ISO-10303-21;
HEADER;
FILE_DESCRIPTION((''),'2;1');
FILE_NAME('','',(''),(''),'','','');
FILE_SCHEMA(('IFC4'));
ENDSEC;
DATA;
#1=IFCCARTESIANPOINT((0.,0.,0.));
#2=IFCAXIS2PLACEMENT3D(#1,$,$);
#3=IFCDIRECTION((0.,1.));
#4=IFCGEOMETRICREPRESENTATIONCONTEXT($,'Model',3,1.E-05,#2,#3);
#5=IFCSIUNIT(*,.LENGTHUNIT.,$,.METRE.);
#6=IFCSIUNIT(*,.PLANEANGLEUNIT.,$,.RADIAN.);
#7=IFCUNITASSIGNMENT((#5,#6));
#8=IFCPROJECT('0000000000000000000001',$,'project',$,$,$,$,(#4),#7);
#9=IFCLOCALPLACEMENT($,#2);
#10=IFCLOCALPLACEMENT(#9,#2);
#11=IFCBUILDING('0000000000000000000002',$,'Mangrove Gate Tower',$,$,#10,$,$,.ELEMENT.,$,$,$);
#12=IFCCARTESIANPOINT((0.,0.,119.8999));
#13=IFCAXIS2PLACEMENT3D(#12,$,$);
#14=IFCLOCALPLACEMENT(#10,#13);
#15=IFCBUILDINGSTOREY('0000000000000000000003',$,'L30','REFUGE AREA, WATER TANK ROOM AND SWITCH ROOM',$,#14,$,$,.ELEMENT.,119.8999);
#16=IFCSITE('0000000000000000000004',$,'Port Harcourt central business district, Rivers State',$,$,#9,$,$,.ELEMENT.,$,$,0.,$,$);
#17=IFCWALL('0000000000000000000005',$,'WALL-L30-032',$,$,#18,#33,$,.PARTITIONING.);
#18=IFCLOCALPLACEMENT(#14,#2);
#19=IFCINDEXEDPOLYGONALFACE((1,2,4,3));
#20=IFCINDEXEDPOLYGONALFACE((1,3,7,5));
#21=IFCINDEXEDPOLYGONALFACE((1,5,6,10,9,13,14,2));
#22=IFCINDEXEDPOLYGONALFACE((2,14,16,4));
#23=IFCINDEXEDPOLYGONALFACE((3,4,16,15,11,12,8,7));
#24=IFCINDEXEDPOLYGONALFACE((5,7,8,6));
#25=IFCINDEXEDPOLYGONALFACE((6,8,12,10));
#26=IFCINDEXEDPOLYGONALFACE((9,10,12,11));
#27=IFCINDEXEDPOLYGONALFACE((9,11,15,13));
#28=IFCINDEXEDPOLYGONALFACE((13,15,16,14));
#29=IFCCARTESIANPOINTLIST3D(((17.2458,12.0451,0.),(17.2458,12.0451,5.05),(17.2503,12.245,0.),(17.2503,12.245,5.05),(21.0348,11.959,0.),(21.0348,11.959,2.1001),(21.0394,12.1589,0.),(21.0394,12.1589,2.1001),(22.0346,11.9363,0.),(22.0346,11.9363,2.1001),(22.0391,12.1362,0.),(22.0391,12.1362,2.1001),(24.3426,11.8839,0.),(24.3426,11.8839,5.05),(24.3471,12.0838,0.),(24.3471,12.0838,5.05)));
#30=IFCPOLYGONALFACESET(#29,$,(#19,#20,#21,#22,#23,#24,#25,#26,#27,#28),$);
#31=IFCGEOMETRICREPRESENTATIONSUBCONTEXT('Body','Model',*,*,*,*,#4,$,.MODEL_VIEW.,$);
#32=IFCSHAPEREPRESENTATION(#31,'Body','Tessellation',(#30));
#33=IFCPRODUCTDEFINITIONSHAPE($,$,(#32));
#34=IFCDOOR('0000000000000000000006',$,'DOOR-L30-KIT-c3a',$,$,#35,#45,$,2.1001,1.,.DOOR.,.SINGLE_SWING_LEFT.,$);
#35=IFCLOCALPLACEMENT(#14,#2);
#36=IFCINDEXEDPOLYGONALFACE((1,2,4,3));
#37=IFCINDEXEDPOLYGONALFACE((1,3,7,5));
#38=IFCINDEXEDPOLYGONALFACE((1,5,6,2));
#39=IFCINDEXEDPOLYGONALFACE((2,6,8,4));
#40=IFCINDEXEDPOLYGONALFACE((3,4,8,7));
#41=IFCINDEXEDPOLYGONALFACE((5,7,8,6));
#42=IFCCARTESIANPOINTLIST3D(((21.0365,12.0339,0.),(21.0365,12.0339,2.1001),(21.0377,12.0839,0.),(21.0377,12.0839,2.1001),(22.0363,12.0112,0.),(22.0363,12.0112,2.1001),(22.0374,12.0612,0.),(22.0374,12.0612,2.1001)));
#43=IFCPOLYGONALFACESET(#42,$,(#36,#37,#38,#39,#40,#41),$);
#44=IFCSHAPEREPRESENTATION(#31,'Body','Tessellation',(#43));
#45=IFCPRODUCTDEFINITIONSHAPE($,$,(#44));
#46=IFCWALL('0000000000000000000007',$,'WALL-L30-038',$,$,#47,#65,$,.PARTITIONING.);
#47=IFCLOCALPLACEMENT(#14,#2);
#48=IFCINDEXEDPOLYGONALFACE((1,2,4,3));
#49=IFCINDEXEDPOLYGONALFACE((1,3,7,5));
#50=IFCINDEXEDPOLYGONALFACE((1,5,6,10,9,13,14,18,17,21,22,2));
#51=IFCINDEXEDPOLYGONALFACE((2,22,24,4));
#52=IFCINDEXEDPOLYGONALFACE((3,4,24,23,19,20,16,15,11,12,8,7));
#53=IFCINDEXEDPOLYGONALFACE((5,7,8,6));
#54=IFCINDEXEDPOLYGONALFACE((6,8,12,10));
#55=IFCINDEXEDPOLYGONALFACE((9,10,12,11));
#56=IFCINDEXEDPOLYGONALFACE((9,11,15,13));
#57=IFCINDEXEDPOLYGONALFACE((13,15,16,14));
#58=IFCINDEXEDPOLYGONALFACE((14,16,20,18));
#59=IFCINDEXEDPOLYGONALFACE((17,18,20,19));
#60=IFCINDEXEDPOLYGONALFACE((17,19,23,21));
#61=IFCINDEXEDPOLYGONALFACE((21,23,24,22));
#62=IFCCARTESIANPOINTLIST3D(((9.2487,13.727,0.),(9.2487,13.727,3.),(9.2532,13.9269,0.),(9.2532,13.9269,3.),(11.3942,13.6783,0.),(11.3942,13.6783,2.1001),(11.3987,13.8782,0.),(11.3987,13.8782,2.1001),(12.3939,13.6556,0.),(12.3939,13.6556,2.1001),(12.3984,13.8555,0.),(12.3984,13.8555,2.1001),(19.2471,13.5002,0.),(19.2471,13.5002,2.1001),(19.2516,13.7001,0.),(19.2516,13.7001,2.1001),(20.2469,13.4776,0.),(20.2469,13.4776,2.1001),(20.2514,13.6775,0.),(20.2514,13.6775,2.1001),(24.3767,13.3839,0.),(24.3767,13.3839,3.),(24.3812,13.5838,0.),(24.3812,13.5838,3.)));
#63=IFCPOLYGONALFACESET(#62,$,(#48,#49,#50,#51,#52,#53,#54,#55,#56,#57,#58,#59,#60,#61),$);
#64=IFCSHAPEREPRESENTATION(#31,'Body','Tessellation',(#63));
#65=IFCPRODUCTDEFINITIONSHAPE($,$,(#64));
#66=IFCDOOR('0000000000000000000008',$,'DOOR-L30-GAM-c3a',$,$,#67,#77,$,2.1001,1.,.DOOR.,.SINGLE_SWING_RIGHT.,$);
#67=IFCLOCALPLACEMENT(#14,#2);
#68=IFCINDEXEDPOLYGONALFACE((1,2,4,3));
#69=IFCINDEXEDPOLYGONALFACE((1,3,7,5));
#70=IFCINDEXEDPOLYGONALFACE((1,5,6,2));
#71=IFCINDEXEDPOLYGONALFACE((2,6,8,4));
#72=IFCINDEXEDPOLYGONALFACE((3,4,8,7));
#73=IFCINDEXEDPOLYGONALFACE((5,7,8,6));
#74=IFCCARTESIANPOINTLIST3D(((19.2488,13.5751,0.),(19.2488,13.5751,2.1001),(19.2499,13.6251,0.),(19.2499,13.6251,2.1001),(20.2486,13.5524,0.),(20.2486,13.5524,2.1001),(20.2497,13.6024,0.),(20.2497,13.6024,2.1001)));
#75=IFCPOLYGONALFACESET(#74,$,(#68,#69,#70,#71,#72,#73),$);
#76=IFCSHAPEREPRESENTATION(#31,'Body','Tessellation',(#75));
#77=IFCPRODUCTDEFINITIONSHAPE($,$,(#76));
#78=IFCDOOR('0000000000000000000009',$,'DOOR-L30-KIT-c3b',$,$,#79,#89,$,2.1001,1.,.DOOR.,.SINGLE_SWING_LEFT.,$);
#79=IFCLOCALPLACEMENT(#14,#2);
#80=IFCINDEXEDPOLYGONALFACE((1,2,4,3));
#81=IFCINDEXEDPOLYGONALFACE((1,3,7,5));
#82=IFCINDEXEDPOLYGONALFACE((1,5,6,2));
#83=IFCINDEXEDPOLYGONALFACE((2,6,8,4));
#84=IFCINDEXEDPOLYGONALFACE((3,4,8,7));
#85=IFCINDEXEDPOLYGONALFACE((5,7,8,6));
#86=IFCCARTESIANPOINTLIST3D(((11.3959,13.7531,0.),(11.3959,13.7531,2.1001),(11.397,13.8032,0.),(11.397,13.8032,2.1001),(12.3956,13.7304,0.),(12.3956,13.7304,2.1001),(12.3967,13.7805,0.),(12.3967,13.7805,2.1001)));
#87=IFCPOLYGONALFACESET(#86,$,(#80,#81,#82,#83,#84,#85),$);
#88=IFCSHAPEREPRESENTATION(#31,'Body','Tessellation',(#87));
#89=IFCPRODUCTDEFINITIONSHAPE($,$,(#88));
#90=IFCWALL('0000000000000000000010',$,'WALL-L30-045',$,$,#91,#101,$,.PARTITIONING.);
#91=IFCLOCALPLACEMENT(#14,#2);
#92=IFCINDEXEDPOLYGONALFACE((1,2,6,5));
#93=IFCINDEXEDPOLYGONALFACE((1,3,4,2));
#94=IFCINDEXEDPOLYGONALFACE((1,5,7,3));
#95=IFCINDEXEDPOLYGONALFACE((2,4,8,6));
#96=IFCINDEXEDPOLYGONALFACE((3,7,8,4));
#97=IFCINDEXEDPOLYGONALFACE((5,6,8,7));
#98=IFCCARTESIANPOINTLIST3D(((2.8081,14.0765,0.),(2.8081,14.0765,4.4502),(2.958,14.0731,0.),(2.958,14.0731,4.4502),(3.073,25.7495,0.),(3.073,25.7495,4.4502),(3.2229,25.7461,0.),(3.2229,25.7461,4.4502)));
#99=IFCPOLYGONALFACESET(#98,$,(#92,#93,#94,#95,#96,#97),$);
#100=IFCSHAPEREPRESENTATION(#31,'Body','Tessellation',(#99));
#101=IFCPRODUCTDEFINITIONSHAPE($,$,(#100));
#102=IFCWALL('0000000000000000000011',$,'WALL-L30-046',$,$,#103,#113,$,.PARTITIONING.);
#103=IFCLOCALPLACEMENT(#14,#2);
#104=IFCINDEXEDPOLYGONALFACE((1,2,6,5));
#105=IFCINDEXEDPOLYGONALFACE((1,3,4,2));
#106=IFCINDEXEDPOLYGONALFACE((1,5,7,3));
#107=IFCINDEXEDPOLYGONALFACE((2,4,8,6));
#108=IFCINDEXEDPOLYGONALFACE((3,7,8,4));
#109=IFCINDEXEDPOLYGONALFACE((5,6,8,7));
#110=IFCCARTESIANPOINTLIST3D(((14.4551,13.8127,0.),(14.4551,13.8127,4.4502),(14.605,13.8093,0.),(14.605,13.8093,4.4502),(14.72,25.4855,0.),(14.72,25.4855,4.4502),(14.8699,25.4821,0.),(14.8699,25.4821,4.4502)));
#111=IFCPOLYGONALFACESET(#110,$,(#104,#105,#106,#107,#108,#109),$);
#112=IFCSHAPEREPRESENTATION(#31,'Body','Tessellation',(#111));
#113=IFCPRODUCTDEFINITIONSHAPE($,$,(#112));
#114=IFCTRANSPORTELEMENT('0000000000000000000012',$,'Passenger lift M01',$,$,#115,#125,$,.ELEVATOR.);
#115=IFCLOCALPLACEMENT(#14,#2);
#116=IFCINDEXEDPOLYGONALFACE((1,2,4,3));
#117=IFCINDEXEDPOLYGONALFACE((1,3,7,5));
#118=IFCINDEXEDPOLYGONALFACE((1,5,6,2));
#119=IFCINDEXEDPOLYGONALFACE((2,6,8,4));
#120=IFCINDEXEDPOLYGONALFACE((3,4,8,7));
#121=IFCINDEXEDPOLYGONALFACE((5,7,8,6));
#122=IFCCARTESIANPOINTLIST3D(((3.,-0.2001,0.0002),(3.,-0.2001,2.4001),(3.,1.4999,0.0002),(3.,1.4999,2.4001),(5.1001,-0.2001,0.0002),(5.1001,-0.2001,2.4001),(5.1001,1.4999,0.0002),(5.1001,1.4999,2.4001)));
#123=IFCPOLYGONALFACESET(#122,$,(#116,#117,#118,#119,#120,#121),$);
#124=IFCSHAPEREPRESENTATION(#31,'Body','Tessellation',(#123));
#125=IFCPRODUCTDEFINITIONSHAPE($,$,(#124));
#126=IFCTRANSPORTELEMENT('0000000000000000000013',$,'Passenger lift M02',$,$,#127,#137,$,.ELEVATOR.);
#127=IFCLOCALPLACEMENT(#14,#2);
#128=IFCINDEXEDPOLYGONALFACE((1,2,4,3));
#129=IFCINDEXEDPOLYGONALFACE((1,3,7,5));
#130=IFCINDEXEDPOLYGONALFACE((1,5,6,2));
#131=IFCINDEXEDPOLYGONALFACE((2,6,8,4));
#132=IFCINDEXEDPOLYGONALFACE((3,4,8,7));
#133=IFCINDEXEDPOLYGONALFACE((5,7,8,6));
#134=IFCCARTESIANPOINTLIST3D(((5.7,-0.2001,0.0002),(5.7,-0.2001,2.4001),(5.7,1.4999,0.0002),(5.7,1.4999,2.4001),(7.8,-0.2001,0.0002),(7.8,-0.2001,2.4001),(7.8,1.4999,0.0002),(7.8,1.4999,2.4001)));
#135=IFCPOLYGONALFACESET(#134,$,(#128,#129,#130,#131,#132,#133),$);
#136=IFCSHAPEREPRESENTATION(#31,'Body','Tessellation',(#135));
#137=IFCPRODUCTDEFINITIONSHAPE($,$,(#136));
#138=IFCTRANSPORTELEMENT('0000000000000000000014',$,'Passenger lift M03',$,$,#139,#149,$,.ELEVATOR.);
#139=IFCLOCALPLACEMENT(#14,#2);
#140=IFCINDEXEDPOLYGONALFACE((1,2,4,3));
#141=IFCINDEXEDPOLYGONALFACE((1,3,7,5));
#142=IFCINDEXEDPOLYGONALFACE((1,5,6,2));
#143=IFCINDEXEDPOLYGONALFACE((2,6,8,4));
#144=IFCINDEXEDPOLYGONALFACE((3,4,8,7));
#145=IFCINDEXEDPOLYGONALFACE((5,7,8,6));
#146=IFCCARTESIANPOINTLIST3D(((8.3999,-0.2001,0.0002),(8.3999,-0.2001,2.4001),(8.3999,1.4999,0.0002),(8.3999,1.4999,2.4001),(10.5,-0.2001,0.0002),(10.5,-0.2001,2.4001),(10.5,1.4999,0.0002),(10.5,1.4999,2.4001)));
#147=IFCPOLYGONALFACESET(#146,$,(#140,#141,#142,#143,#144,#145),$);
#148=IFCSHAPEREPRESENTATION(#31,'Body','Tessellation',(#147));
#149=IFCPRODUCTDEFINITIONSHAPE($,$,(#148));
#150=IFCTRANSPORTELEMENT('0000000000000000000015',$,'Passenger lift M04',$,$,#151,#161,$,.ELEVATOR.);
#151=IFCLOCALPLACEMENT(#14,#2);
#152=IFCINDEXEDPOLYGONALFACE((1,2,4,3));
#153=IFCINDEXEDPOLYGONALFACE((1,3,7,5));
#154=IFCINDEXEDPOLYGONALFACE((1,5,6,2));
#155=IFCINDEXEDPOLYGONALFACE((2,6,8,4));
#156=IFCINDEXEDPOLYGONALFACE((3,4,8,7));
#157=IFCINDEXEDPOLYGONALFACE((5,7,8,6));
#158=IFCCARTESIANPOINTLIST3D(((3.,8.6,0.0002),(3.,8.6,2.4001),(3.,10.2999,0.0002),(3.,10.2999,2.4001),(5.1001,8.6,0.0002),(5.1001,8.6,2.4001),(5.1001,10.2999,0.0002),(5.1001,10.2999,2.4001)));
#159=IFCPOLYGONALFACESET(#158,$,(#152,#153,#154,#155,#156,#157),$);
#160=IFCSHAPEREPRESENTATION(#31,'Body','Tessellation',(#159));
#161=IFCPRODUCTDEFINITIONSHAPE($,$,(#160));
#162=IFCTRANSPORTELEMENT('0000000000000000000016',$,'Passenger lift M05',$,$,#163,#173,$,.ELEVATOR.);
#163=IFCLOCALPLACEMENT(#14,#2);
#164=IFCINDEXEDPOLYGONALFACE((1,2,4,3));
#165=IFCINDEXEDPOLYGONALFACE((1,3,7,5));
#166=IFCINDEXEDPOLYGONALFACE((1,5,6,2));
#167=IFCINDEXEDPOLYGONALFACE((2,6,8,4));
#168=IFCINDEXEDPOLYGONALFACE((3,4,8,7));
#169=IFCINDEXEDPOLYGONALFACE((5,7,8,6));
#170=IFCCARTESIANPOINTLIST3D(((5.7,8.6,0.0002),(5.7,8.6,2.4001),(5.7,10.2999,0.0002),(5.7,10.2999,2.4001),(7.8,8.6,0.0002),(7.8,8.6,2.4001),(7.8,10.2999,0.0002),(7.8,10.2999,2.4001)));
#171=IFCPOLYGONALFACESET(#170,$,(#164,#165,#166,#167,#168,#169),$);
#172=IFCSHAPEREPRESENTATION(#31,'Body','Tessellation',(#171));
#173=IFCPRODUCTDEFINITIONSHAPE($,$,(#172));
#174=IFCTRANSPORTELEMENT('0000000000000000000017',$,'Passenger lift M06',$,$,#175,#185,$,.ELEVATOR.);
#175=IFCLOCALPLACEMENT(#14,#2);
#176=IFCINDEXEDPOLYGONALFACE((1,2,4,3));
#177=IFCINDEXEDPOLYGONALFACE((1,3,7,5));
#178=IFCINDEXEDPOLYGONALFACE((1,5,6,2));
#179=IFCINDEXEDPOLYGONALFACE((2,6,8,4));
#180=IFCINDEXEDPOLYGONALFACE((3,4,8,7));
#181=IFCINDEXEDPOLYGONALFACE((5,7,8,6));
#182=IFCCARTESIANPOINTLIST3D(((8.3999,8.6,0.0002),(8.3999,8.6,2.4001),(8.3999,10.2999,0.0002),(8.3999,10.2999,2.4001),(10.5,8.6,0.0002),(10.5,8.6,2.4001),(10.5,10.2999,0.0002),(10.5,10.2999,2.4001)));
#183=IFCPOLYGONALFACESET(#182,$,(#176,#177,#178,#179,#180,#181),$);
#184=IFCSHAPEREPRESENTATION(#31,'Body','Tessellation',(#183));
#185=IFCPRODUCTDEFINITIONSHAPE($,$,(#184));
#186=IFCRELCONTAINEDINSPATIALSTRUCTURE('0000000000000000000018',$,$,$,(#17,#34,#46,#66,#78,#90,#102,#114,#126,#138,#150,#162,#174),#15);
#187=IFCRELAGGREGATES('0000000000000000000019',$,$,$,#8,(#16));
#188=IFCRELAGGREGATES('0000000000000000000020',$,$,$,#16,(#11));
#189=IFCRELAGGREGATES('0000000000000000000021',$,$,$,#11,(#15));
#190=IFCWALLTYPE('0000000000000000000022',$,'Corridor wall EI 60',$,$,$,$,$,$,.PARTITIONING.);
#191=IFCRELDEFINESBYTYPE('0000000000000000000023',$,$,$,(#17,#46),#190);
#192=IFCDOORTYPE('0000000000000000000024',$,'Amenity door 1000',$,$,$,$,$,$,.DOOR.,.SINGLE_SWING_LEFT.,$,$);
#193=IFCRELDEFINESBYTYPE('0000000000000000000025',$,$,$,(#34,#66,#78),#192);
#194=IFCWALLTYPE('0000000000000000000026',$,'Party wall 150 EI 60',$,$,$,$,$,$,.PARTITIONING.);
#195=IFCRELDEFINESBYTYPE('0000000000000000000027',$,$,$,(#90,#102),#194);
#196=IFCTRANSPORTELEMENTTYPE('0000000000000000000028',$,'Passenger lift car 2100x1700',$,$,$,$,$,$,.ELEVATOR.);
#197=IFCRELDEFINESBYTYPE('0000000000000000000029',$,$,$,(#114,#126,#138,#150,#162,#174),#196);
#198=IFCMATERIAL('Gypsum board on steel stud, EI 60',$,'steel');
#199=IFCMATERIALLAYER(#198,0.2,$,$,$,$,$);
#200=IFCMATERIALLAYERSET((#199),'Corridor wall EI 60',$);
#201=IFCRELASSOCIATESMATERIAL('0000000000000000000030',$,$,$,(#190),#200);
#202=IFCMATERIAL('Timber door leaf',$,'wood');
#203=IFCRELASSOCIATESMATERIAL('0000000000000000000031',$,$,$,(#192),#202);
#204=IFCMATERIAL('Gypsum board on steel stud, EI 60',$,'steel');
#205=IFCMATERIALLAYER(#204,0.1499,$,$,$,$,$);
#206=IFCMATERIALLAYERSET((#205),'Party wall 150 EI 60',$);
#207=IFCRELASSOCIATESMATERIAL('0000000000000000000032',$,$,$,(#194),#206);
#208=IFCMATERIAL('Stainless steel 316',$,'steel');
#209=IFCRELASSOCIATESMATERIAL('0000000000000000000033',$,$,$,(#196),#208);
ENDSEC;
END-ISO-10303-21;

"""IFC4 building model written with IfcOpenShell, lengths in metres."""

from ifc_helpers import new_model, si_unit, direction, frame, frame_2d, origin, origin_2d, place, context, subcontext, project, spatial, rectangle, extrude, material, layer, layer_set, type_object, element, fill, save


model = new_model("IFC4")

# Units and contexts
model_context = context("Model", 3, precision=1e-05, world=origin(), true_north=direction((0.0, 1.0)))
body_context = subcontext(model_context, "Body", "Model", "MODEL_VIEW")
ifc_project = project(units=[si_unit("LENGTHUNIT", "METRE"), si_unit("PLANEANGLEUNIT", "RADIAN")], contexts=[model_context])

# Site, building, storey
site_placement = place(None, origin())
site = spatial("IfcSite", under=ifc_project, at=site_placement, Name="Port Harcourt central business district, Rivers State", CompositionType="ELEMENT", RefElevation=0.0)
building_placement = place(site_placement, origin())
building = spatial("IfcBuilding", under=site, at=building_placement, Name="Mangrove Gate Tower", CompositionType="ELEMENT")
storey_placement = place(building_placement, frame((0.0, 0.0, 119.8999)))
storey = spatial("IfcBuildingStorey", under=building, at=storey_placement, Name="L30", Description="REFUGE AREA, WATER TANK ROOM AND SWITCH ROOM", CompositionType="ELEMENT", Elevation=119.8999)

# Shared definitions
ifc_material_1 = material(Name="Gypsum board on steel stud, EI 60", Category="steel")
ifc_layer_1 = layer(ifc_material_1, 0.2)
ifc_layer_set_1 = layer_set([ifc_layer_1], Name="Corridor wall EI 60")
wall_type_1 = type_object("IfcWallType", Name="Corridor wall EI 60", PredefinedType="PARTITIONING", material=ifc_layer_set_1)

# Wall, opening, door
wall_1_placement = place(storey_placement, frame((17.248, 12.145, 0.0), z_axis=(0.0, 0.0, 1.0), x_axis=(0.999742, -0.022699, 0.0)))
wall_1 = element("IfcWall", 1, at=wall_1_placement, inside=storey, type_object=wall_type_1, Name="WALL-L30-032", PredefinedType="PARTITIONING", context=body_context, shape_type="SweptSolid", body=[
    extrude(rectangle(XDim=7.0986, YDim=0.2, at=frame_2d((3.5493, 0.0))), origin(), (0.0, 0.0, 1.0), 5.05),
])
opening_1_placement = place(wall_1_placement, frame((3.79, 0.0, 0.0)))
opening_1 = element("IfcOpeningElement", 2, at=opening_1_placement, cuts=wall_1, PredefinedType="OPENING", context=body_context, shape_type="SweptSolid", body=[
    extrude(rectangle(XDim=1.0, YDim=2.1001, at=frame_2d((0.5, 1.05))), frame((0.0, 0.1099, 0.0), z_axis=(0.0, -1.0, 0.0), x_axis=(1.0, 0.0, 0.0)), (0.0, 0.0, 1.0), 0.22),
])
ifc_material_2 = material(Name="Timber door leaf", Category="wood")
door_type = type_object("IfcDoorType", Name="Amenity door 1000", OperationType="SINGLE_SWING_LEFT", PredefinedType="DOOR", material=ifc_material_2)
door_1_placement = place(opening_1_placement, origin())
door_1 = element("IfcDoor", 3, at=door_1_placement, inside=storey, type_object=door_type, Name="DOOR-L30-KIT-c3a", OperationType="SINGLE_SWING_LEFT", OverallHeight=2.1001, OverallWidth=1.0, PredefinedType="DOOR", context=body_context, shape_type="SweptSolid", body=[
    extrude(rectangle(XDim=1.0, YDim=2.1001, at=frame_2d((0.5, 1.05))), frame((0.0, 0.0249, 0.0), z_axis=(0.0, -1.0, 0.0), x_axis=(1.0, 0.0, 0.0)), (0.0, 0.0, 1.0), 0.05),
])
fill(opening_1, door_1)

# Wall, openings, doors
wall_2_placement = place(storey_placement, frame((9.251, 13.8269, 0.0), z_axis=(0.0, 0.0, 1.0), x_axis=(0.999743, -0.022669, 0.0)))
wall_2 = element("IfcWall", 4, at=wall_2_placement, inside=storey, type_object=wall_type_1, Name="WALL-L30-038", PredefinedType="PARTITIONING", context=body_context, shape_type="SweptSolid", body=[
    extrude(rectangle(XDim=15.1318, YDim=0.2, at=frame_2d((7.5659, 0.0))), origin(), (0.0, 0.0, 1.0), 3.0),
])
opening_2_placement = place(wall_2_placement, frame((10.001, 0.0, 0.0)))
opening_2 = element("IfcOpeningElement", 5, at=opening_2_placement, cuts=wall_2, PredefinedType="OPENING", context=body_context, shape_type="SweptSolid", body=[
    extrude(rectangle(XDim=1.0, YDim=2.1001, at=frame_2d((0.5, 1.05))), frame((0.0, 0.1099, 0.0), z_axis=(0.0, -1.0, 0.0), x_axis=(1.0, 0.0, 0.0)), (0.0, 0.0, 1.0), 0.22),
])
opening_3_placement = place(wall_2_placement, frame((2.146, 0.0, 0.0)))
opening_3 = element("IfcOpeningElement", 6, at=opening_3_placement, cuts=wall_2, PredefinedType="OPENING", context=body_context, shape_type="SweptSolid", body=[
    extrude(rectangle(XDim=1.0, YDim=2.1001, at=frame_2d((0.5, 1.05))), frame((0.0, 0.1099, 0.0), z_axis=(0.0, -1.0, 0.0), x_axis=(1.0, 0.0, 0.0)), (0.0, 0.0, 1.0), 0.22),
])
door_2_placement = place(opening_2_placement, origin())
door_2 = element("IfcDoor", 7, at=door_2_placement, inside=storey, type_object=door_type, Name="DOOR-L30-GAM-c3a", OperationType="SINGLE_SWING_RIGHT", OverallHeight=2.1001, OverallWidth=1.0, PredefinedType="DOOR", context=body_context, shape_type="SweptSolid", body=[
    extrude(rectangle(XDim=1.0, YDim=2.1001, at=frame_2d((0.5, 1.05))), frame((0.0, 0.0249, 0.0), z_axis=(0.0, -1.0, 0.0), x_axis=(1.0, 0.0, 0.0)), (0.0, 0.0, 1.0), 0.05),
])
fill(opening_2, door_2)
door_3_placement = place(opening_3_placement, origin())
door_3 = element("IfcDoor", 8, at=door_3_placement, inside=storey, type_object=door_type, Name="DOOR-L30-KIT-c3b", OperationType="SINGLE_SWING_LEFT", OverallHeight=2.1001, OverallWidth=1.0, PredefinedType="DOOR", context=body_context, shape_type="SweptSolid", body=[
    extrude(rectangle(XDim=1.0, YDim=2.1001, at=frame_2d((0.5, 1.05))), frame((0.0, 0.0249, 0.0), z_axis=(0.0, -1.0, 0.0), x_axis=(1.0, 0.0, 0.0)), (0.0, 0.0, 1.0), 0.05),
])
fill(opening_3, door_3)

# Walls
ifc_material_3 = material(Name="Gypsum board on steel stud, EI 60", Category="steel")
ifc_layer_2 = layer(ifc_material_3, 0.1499)
ifc_layer_set_2 = layer_set([ifc_layer_2], Name="Party wall 150 EI 60")
wall_type_2 = type_object("IfcWallType", Name="Party wall 150 EI 60", PredefinedType="PARTITIONING", material=ifc_layer_set_2)
wall_3_placement = place(storey_placement, frame((2.8831, 14.075, 0.0), z_axis=(0.0, 0.0, 1.0), x_axis=(0.022687, 0.999743, 0.0)))
element("IfcWall", 9, at=wall_3_placement, inside=storey, type_object=wall_type_2, Name="WALL-L30-045", PredefinedType="PARTITIONING", context=body_context, shape_type="SweptSolid", body=[
    extrude(rectangle(XDim=11.676, YDim=0.1499, at=frame_2d((5.8379, 0.0))), origin(), (0.0, 0.0, 1.0), 4.4502),
])
wall_4_placement = place(storey_placement, frame((14.53, 13.811, 0.0), z_axis=(0.0, 0.0, 1.0), x_axis=(0.022687, 0.999743, 0.0)))
element("IfcWall", 10, at=wall_4_placement, inside=storey, type_object=wall_type_2, Name="WALL-L30-046", PredefinedType="PARTITIONING", context=body_context, shape_type="SweptSolid", body=[
    extrude(rectangle(XDim=11.6758, YDim=0.1499, at=frame_2d((5.8379, 0.0))), origin(), (0.0, 0.0, 1.0), 4.4502),
])

# Transport elements
ifc_material_4 = material(Name="Stainless steel 316", Category="steel")
transport_element_type = type_object("IfcTransportElementType", Name="Passenger lift car 2100x1700", PredefinedType="ELEVATOR", material=ifc_material_4)
for number, where, z_axis, x_axis, name in (
    (11, (4.05, 0.6499, 0.0002), (0.0, 0.0, 1.0), (1.0, 0.0, 0.0), "Passenger lift M01"),
    (12, (6.75, 0.6499, 0.0002), (0.0, 0.0, 1.0), (1.0, 0.0, 0.0), "Passenger lift M02"),
    (13, (9.45, 0.6499, 0.0002), (0.0, 0.0, 1.0), (1.0, 0.0, 0.0), "Passenger lift M03"),
    (14, (4.05, 9.45, 0.0002), (0.0, 0.0, 1.0), (1.0, 0.0, 0.0), "Passenger lift M04"),
    (15, (6.75, 9.45, 0.0002), (0.0, 0.0, 1.0), (1.0, 0.0, 0.0), "Passenger lift M05"),
    (16, (9.45, 9.45, 0.0002), (0.0, 0.0, 1.0), (1.0, 0.0, 0.0), "Passenger lift M06"),
):
    element("IfcTransportElement", number, at=place(storey_placement, frame(where, z_axis=z_axis, x_axis=x_axis)), inside=storey, type_object=transport_element_type, Name=name, PredefinedType="ELEVATOR", context=body_context, shape_type="SweptSolid", body=[
        extrude(rectangle(XDim=2.1001, YDim=1.7, at=origin_2d()), origin(), (0.0, 0.0, 1.0), 2.3999),
    ])

save(model, "model.ifc")
